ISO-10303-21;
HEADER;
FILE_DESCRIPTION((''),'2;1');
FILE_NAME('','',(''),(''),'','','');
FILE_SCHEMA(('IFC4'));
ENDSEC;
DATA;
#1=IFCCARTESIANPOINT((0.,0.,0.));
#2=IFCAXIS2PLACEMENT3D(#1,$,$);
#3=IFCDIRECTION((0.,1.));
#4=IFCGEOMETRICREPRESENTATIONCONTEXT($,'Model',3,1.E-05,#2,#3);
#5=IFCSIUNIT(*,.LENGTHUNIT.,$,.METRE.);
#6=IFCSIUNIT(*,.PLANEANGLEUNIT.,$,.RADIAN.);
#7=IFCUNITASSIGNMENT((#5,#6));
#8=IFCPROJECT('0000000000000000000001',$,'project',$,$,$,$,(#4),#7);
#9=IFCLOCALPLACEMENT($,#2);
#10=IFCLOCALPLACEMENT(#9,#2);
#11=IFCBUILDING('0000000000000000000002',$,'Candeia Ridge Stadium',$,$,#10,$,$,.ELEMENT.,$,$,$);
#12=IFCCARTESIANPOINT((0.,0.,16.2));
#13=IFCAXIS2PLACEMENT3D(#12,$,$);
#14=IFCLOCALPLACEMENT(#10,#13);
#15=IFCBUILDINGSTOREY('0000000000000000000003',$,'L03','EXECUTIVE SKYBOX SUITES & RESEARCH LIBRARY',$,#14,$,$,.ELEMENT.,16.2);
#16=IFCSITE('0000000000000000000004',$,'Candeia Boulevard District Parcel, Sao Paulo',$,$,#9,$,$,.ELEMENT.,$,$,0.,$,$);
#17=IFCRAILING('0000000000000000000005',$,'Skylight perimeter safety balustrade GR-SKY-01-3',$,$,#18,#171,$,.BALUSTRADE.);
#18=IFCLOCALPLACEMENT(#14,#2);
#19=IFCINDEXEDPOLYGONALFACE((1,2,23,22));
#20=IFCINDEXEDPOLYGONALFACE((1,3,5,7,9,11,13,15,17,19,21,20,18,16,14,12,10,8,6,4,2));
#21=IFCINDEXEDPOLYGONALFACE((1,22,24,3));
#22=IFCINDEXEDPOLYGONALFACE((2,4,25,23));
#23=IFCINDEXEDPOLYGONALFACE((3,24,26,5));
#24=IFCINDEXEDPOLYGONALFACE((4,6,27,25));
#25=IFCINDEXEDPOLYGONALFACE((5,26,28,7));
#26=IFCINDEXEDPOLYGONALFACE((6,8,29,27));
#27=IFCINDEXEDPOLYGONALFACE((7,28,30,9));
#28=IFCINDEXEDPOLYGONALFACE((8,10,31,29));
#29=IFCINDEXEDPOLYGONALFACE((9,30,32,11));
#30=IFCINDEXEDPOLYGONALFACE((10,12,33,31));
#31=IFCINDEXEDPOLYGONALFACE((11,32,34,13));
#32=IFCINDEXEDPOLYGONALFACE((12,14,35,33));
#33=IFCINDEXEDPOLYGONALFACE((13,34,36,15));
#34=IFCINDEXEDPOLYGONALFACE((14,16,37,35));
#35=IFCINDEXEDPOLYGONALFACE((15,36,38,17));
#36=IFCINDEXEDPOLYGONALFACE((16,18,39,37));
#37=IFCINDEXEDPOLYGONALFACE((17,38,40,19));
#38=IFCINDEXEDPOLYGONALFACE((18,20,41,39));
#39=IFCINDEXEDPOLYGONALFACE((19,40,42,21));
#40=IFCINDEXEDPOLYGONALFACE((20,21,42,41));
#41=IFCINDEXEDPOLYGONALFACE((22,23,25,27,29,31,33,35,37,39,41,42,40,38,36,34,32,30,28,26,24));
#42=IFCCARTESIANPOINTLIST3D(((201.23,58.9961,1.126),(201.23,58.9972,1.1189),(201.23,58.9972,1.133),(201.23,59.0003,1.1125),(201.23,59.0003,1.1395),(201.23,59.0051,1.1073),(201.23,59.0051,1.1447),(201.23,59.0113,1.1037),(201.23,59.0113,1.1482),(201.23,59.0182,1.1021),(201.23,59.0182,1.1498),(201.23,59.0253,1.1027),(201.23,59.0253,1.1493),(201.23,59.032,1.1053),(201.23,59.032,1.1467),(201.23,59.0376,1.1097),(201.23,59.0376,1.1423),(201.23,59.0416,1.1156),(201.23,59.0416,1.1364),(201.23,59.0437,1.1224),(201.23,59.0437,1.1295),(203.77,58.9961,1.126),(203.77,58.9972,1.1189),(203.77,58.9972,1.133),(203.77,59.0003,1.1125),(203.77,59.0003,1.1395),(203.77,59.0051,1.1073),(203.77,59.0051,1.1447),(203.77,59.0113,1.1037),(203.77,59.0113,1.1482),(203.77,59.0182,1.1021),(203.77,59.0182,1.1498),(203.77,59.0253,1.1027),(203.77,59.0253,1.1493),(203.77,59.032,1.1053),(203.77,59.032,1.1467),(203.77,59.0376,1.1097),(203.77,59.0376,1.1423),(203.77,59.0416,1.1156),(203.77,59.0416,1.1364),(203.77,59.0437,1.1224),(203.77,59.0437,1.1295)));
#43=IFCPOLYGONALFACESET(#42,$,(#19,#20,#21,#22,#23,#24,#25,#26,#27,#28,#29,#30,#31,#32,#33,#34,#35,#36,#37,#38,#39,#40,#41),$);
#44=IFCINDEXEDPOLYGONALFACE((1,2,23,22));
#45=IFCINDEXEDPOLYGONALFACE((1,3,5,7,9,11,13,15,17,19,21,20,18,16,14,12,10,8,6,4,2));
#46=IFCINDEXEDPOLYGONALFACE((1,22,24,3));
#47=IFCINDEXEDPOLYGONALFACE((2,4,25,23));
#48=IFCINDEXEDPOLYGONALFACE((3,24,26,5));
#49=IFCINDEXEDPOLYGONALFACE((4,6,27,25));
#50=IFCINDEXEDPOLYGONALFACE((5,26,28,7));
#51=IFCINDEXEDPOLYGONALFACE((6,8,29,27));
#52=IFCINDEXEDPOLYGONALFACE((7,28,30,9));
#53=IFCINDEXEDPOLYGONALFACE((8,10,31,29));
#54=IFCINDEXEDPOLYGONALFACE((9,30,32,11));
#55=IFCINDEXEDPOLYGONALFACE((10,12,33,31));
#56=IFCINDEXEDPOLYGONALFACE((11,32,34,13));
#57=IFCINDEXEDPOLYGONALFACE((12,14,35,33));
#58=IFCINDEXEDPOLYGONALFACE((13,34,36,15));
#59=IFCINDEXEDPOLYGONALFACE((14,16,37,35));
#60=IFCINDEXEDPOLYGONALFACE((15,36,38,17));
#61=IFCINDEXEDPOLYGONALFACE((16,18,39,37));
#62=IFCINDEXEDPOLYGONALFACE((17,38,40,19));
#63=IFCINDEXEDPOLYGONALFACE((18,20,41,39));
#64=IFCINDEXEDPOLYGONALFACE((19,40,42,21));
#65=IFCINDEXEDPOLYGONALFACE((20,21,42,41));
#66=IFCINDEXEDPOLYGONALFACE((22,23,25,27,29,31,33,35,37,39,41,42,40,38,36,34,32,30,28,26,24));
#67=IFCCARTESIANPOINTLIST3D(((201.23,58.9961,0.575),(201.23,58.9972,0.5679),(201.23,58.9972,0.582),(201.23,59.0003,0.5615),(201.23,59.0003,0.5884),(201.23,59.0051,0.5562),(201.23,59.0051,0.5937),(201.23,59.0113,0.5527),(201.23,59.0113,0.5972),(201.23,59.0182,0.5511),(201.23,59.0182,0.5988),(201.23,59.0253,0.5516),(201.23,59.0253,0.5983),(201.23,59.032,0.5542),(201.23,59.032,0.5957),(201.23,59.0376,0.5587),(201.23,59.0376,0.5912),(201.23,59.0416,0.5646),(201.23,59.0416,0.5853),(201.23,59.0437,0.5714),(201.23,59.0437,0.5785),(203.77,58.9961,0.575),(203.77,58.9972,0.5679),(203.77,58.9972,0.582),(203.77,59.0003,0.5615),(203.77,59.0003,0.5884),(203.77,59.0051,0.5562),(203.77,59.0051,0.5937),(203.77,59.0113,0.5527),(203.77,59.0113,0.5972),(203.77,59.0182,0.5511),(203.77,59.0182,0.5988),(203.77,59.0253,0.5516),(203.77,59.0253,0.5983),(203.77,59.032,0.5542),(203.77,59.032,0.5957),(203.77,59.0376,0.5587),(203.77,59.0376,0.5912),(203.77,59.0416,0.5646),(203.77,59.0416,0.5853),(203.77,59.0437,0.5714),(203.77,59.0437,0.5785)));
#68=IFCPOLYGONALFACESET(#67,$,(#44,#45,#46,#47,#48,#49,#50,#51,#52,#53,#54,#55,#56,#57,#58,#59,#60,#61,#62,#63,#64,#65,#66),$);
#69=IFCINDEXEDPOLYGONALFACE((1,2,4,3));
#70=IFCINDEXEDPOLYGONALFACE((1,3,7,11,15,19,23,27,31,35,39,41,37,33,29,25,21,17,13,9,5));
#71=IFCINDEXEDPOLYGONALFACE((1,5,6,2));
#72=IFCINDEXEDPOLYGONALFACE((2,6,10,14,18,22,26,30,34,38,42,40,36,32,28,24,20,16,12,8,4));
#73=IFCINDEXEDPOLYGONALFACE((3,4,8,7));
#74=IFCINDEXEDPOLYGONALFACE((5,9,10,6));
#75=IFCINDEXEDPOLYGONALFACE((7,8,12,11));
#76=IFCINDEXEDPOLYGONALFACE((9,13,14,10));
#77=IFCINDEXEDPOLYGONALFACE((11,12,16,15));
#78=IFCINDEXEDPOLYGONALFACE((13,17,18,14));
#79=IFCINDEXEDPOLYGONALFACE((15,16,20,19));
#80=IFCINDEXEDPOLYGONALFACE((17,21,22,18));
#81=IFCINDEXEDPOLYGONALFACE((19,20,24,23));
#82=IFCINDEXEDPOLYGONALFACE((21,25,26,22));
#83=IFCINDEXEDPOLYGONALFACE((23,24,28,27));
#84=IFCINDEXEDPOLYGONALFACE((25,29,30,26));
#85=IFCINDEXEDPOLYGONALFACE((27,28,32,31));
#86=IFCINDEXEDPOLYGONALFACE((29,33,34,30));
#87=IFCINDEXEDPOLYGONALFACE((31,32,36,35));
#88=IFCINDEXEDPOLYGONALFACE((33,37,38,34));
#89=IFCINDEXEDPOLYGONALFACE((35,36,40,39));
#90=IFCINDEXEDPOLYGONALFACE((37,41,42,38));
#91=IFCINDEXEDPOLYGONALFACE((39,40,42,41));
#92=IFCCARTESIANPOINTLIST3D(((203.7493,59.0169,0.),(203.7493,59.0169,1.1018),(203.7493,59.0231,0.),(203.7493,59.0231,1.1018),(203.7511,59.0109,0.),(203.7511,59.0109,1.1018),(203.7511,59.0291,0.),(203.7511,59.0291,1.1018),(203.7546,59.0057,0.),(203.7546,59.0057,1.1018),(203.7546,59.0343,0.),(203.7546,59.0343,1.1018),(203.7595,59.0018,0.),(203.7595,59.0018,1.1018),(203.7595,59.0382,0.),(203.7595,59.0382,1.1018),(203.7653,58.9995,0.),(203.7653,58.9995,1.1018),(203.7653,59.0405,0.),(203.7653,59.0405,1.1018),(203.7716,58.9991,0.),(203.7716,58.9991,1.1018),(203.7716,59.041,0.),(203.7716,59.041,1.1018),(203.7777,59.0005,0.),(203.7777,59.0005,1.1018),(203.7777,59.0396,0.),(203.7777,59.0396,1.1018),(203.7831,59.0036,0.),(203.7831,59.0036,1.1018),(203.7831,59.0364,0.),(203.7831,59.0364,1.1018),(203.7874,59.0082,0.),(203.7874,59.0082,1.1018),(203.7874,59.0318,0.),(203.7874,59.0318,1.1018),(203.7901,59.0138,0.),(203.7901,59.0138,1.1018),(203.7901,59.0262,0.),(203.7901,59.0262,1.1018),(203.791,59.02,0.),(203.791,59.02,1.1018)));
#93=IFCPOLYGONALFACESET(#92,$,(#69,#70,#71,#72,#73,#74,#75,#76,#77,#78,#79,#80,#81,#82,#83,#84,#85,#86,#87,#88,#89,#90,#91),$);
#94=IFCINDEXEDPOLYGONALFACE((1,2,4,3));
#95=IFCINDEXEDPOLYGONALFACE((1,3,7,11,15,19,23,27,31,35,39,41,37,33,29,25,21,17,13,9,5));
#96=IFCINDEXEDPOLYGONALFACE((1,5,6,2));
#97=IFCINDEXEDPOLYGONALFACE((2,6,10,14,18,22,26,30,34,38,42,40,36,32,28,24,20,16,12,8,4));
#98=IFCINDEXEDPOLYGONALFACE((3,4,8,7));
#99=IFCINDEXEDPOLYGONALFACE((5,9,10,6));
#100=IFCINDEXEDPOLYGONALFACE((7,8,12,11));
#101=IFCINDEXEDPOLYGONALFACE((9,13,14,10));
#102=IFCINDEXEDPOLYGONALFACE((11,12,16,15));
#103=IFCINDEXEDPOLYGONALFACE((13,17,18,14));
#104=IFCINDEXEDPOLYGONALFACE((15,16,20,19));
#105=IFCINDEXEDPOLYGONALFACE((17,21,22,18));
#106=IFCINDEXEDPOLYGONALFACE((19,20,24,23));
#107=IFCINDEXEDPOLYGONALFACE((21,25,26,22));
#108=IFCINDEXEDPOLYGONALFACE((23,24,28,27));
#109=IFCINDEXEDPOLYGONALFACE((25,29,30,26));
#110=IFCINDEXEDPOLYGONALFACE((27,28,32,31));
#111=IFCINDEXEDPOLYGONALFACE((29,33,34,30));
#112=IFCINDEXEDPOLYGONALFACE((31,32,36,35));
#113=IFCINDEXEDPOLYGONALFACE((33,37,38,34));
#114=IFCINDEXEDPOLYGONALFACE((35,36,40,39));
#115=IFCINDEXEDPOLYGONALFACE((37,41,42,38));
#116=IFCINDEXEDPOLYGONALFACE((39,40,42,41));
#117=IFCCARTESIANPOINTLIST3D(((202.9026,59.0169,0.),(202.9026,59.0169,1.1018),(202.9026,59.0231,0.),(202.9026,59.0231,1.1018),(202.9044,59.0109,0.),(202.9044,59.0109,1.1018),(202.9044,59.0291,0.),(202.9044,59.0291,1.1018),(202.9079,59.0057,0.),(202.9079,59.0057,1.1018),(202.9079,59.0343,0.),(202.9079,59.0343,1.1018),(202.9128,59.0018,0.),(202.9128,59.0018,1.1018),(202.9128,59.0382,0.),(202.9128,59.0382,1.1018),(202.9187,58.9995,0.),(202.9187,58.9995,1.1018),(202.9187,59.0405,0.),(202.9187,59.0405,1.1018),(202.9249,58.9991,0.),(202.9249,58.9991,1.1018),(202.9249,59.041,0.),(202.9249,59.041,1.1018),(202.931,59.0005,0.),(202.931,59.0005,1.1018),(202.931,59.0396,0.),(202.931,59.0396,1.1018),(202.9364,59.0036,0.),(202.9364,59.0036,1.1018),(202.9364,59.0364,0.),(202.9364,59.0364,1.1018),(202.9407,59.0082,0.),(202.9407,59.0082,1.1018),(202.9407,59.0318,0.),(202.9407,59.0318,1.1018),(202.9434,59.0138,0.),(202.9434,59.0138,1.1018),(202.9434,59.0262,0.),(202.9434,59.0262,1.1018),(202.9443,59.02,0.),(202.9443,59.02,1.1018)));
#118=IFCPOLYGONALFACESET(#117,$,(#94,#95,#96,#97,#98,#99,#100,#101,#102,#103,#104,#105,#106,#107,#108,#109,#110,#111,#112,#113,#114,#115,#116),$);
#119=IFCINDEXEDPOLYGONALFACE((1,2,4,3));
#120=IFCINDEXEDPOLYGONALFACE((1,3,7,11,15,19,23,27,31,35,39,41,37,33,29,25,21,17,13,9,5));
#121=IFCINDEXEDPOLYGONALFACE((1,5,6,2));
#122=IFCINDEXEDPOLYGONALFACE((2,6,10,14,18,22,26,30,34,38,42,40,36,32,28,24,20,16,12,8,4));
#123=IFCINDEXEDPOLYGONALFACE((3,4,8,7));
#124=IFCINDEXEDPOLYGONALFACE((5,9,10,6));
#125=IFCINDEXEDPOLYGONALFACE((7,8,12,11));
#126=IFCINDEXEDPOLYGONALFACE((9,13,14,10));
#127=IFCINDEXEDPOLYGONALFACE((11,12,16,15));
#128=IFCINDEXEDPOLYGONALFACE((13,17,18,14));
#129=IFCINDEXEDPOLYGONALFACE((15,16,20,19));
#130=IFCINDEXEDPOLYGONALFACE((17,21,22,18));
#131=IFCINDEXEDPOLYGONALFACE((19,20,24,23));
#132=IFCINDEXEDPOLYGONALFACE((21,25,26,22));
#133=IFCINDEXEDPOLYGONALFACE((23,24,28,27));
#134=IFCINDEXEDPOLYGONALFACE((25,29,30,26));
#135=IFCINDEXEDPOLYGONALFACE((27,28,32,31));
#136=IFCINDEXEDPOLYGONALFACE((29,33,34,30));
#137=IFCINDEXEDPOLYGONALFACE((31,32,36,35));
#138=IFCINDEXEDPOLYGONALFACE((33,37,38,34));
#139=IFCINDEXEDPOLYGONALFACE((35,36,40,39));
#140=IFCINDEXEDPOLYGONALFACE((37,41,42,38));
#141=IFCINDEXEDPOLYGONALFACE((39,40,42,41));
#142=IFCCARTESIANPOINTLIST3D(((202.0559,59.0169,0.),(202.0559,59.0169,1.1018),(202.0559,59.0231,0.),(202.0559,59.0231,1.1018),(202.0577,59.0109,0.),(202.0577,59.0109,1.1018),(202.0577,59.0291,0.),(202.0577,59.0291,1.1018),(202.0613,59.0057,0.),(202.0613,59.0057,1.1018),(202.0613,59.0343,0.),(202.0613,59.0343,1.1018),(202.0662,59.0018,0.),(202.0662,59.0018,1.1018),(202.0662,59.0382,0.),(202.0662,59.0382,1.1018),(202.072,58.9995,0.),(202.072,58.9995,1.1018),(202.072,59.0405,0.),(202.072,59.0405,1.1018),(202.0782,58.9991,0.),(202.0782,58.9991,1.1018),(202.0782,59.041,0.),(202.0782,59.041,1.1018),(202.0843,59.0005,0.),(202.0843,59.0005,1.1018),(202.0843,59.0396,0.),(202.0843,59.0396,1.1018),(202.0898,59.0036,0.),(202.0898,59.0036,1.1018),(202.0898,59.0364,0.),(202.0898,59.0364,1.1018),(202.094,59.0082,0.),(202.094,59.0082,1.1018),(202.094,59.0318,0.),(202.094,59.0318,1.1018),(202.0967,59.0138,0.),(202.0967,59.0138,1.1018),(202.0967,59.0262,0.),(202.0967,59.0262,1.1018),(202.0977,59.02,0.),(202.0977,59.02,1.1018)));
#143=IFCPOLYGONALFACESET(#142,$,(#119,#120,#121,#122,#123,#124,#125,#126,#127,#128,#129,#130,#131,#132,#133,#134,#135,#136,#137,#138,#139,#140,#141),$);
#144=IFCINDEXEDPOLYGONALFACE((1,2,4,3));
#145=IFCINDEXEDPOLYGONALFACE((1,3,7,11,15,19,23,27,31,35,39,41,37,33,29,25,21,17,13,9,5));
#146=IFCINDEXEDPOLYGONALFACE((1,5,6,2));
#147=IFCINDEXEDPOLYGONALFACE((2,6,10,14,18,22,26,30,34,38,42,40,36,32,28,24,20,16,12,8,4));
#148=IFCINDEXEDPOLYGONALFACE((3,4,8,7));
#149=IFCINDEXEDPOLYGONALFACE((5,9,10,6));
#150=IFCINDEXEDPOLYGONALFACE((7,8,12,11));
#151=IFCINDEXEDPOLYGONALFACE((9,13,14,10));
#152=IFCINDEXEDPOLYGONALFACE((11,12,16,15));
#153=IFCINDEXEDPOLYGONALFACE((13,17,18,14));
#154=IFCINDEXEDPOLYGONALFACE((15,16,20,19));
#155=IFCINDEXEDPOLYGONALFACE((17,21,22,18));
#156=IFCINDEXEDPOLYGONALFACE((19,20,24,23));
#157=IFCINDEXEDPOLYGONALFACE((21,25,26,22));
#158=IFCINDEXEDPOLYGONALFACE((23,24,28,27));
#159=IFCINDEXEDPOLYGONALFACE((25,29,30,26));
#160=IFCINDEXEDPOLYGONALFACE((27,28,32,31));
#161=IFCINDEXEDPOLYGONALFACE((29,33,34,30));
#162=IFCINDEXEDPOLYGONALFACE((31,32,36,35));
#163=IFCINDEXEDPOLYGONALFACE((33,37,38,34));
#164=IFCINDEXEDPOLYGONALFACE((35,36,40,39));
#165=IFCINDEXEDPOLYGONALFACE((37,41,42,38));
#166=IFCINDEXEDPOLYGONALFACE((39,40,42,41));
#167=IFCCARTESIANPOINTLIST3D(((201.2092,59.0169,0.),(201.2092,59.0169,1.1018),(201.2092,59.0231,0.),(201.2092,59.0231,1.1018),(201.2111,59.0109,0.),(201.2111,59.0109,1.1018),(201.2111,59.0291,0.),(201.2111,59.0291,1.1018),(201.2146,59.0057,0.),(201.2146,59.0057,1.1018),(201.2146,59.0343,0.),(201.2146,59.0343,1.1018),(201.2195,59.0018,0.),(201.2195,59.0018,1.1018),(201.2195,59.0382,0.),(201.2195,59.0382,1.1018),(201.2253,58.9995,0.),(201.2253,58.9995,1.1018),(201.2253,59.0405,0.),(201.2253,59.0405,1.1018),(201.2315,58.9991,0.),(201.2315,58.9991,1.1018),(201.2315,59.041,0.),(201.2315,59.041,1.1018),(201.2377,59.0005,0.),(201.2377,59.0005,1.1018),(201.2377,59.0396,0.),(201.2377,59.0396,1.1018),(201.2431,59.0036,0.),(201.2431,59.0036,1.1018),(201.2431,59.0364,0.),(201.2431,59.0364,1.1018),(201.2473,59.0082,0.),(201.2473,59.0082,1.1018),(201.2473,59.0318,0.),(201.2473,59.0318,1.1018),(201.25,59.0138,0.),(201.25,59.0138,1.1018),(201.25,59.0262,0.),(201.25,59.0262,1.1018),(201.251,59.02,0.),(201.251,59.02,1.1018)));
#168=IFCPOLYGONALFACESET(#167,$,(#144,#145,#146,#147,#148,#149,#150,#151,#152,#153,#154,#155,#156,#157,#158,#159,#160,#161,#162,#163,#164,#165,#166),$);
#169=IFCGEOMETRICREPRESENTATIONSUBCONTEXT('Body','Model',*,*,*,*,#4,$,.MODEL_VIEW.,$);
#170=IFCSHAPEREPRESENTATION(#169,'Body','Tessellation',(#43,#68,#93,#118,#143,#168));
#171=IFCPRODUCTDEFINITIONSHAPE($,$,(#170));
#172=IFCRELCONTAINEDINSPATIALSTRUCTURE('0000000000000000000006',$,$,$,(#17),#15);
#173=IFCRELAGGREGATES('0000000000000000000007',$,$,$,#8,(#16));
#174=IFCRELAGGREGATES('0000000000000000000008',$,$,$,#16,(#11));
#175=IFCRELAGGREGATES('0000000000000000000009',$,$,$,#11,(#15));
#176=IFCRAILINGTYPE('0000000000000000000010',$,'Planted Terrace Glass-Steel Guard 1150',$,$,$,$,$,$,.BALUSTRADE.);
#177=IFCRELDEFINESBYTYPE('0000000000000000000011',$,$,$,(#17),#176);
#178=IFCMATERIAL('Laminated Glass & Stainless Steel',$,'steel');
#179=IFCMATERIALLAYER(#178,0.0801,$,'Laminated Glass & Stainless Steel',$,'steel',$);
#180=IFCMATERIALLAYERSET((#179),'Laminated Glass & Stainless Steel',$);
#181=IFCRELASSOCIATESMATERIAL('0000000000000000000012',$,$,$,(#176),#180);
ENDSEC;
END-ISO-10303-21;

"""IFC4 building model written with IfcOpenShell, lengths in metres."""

from ifc_helpers import new_model, si_unit, direction, frame, origin, origin_2d, place, context, subcontext, project, spatial, circle, extrude, material, layer, layer_set, type_object, element, save


model = new_model("IFC4")

# Units and contexts
model_context = context("Model", 3, precision=1e-05, world=origin(), true_north=direction((0.0, 1.0)))
body_context = subcontext(model_context, "Body", "Model", "MODEL_VIEW")
ifc_project = project(units=[si_unit("LENGTHUNIT", "METRE"), si_unit("PLANEANGLEUNIT", "RADIAN")], contexts=[model_context])

# Site, building, storey
site_placement = place(None, origin())
site = spatial("IfcSite", under=ifc_project, at=site_placement, Name="Candeia Boulevard District Parcel, Sao Paulo", CompositionType="ELEMENT", RefElevation=0.0)
building_placement = place(site_placement, origin())
building = spatial("IfcBuilding", under=site, at=building_placement, Name="Candeia Ridge Stadium", CompositionType="ELEMENT")
storey_placement = place(building_placement, frame((0.0, 0.0, 16.2)))
storey = spatial("IfcBuildingStorey", under=building, at=storey_placement, Name="L03", Description="EXECUTIVE SKYBOX SUITES & RESEARCH LIBRARY", CompositionType="ELEMENT", Elevation=16.2)

# Railing
ifc_material_1 = material(Name="Laminated Glass & Stainless Steel", Category="steel")
ifc_layer_1 = layer(ifc_material_1, 0.0801, Name="Laminated Glass & Stainless Steel", Category="steel")
ifc_layer_set_1 = layer_set([ifc_layer_1], Name="Laminated Glass & Stainless Steel")
railing_type = type_object("IfcRailingType", Name="Planted Terrace Glass-Steel Guard 1150", PredefinedType="BALUSTRADE", material=ifc_layer_set_1)
railing_1_placement = place(storey_placement, frame((203.77, 59.02, 0.0)))
element("IfcRailing", 1, at=railing_1_placement, inside=storey, type_object=railing_type, Name="Skylight perimeter safety balustrade GR-SKY-01-3", PredefinedType="BALUSTRADE", context=body_context, shape_type="SweptSolid", body=[
    extrude(circle(Radius=0.0239, at=origin_2d()), frame((0.0, 0.0, 1.126), z_axis=(-1.0, 0.0, 0.0), x_axis=(0.0, -1.0, 0.0)), (0.0, 0.0, 1.0), 2.54),
    extrude(circle(Radius=0.0239, at=origin_2d()), frame((0.0, 0.0, 0.575), z_axis=(-1.0, 0.0, 0.0), x_axis=(0.0, -1.0, 0.0)), (0.0, 0.0, 1.0), 2.54),
    extrude(circle(Radius=0.021, at=origin_2d()), origin(), (0.0, 0.0, 1.0), 1.1018),
    extrude(circle(Radius=0.021, at=origin_2d()), frame((-0.8467, 0.0, 0.0)), (0.0, 0.0, 1.0), 1.1018),
    extrude(circle(Radius=0.021, at=origin_2d()), frame((-1.6934, 0.0, 0.0)), (0.0, 0.0, 1.0), 1.1018),
    extrude(circle(Radius=0.021, at=origin_2d()), frame((-2.54, 0.0, 0.0)), (0.0, 0.0, 1.0), 1.1018),
])

save(model, "model.ifc")
